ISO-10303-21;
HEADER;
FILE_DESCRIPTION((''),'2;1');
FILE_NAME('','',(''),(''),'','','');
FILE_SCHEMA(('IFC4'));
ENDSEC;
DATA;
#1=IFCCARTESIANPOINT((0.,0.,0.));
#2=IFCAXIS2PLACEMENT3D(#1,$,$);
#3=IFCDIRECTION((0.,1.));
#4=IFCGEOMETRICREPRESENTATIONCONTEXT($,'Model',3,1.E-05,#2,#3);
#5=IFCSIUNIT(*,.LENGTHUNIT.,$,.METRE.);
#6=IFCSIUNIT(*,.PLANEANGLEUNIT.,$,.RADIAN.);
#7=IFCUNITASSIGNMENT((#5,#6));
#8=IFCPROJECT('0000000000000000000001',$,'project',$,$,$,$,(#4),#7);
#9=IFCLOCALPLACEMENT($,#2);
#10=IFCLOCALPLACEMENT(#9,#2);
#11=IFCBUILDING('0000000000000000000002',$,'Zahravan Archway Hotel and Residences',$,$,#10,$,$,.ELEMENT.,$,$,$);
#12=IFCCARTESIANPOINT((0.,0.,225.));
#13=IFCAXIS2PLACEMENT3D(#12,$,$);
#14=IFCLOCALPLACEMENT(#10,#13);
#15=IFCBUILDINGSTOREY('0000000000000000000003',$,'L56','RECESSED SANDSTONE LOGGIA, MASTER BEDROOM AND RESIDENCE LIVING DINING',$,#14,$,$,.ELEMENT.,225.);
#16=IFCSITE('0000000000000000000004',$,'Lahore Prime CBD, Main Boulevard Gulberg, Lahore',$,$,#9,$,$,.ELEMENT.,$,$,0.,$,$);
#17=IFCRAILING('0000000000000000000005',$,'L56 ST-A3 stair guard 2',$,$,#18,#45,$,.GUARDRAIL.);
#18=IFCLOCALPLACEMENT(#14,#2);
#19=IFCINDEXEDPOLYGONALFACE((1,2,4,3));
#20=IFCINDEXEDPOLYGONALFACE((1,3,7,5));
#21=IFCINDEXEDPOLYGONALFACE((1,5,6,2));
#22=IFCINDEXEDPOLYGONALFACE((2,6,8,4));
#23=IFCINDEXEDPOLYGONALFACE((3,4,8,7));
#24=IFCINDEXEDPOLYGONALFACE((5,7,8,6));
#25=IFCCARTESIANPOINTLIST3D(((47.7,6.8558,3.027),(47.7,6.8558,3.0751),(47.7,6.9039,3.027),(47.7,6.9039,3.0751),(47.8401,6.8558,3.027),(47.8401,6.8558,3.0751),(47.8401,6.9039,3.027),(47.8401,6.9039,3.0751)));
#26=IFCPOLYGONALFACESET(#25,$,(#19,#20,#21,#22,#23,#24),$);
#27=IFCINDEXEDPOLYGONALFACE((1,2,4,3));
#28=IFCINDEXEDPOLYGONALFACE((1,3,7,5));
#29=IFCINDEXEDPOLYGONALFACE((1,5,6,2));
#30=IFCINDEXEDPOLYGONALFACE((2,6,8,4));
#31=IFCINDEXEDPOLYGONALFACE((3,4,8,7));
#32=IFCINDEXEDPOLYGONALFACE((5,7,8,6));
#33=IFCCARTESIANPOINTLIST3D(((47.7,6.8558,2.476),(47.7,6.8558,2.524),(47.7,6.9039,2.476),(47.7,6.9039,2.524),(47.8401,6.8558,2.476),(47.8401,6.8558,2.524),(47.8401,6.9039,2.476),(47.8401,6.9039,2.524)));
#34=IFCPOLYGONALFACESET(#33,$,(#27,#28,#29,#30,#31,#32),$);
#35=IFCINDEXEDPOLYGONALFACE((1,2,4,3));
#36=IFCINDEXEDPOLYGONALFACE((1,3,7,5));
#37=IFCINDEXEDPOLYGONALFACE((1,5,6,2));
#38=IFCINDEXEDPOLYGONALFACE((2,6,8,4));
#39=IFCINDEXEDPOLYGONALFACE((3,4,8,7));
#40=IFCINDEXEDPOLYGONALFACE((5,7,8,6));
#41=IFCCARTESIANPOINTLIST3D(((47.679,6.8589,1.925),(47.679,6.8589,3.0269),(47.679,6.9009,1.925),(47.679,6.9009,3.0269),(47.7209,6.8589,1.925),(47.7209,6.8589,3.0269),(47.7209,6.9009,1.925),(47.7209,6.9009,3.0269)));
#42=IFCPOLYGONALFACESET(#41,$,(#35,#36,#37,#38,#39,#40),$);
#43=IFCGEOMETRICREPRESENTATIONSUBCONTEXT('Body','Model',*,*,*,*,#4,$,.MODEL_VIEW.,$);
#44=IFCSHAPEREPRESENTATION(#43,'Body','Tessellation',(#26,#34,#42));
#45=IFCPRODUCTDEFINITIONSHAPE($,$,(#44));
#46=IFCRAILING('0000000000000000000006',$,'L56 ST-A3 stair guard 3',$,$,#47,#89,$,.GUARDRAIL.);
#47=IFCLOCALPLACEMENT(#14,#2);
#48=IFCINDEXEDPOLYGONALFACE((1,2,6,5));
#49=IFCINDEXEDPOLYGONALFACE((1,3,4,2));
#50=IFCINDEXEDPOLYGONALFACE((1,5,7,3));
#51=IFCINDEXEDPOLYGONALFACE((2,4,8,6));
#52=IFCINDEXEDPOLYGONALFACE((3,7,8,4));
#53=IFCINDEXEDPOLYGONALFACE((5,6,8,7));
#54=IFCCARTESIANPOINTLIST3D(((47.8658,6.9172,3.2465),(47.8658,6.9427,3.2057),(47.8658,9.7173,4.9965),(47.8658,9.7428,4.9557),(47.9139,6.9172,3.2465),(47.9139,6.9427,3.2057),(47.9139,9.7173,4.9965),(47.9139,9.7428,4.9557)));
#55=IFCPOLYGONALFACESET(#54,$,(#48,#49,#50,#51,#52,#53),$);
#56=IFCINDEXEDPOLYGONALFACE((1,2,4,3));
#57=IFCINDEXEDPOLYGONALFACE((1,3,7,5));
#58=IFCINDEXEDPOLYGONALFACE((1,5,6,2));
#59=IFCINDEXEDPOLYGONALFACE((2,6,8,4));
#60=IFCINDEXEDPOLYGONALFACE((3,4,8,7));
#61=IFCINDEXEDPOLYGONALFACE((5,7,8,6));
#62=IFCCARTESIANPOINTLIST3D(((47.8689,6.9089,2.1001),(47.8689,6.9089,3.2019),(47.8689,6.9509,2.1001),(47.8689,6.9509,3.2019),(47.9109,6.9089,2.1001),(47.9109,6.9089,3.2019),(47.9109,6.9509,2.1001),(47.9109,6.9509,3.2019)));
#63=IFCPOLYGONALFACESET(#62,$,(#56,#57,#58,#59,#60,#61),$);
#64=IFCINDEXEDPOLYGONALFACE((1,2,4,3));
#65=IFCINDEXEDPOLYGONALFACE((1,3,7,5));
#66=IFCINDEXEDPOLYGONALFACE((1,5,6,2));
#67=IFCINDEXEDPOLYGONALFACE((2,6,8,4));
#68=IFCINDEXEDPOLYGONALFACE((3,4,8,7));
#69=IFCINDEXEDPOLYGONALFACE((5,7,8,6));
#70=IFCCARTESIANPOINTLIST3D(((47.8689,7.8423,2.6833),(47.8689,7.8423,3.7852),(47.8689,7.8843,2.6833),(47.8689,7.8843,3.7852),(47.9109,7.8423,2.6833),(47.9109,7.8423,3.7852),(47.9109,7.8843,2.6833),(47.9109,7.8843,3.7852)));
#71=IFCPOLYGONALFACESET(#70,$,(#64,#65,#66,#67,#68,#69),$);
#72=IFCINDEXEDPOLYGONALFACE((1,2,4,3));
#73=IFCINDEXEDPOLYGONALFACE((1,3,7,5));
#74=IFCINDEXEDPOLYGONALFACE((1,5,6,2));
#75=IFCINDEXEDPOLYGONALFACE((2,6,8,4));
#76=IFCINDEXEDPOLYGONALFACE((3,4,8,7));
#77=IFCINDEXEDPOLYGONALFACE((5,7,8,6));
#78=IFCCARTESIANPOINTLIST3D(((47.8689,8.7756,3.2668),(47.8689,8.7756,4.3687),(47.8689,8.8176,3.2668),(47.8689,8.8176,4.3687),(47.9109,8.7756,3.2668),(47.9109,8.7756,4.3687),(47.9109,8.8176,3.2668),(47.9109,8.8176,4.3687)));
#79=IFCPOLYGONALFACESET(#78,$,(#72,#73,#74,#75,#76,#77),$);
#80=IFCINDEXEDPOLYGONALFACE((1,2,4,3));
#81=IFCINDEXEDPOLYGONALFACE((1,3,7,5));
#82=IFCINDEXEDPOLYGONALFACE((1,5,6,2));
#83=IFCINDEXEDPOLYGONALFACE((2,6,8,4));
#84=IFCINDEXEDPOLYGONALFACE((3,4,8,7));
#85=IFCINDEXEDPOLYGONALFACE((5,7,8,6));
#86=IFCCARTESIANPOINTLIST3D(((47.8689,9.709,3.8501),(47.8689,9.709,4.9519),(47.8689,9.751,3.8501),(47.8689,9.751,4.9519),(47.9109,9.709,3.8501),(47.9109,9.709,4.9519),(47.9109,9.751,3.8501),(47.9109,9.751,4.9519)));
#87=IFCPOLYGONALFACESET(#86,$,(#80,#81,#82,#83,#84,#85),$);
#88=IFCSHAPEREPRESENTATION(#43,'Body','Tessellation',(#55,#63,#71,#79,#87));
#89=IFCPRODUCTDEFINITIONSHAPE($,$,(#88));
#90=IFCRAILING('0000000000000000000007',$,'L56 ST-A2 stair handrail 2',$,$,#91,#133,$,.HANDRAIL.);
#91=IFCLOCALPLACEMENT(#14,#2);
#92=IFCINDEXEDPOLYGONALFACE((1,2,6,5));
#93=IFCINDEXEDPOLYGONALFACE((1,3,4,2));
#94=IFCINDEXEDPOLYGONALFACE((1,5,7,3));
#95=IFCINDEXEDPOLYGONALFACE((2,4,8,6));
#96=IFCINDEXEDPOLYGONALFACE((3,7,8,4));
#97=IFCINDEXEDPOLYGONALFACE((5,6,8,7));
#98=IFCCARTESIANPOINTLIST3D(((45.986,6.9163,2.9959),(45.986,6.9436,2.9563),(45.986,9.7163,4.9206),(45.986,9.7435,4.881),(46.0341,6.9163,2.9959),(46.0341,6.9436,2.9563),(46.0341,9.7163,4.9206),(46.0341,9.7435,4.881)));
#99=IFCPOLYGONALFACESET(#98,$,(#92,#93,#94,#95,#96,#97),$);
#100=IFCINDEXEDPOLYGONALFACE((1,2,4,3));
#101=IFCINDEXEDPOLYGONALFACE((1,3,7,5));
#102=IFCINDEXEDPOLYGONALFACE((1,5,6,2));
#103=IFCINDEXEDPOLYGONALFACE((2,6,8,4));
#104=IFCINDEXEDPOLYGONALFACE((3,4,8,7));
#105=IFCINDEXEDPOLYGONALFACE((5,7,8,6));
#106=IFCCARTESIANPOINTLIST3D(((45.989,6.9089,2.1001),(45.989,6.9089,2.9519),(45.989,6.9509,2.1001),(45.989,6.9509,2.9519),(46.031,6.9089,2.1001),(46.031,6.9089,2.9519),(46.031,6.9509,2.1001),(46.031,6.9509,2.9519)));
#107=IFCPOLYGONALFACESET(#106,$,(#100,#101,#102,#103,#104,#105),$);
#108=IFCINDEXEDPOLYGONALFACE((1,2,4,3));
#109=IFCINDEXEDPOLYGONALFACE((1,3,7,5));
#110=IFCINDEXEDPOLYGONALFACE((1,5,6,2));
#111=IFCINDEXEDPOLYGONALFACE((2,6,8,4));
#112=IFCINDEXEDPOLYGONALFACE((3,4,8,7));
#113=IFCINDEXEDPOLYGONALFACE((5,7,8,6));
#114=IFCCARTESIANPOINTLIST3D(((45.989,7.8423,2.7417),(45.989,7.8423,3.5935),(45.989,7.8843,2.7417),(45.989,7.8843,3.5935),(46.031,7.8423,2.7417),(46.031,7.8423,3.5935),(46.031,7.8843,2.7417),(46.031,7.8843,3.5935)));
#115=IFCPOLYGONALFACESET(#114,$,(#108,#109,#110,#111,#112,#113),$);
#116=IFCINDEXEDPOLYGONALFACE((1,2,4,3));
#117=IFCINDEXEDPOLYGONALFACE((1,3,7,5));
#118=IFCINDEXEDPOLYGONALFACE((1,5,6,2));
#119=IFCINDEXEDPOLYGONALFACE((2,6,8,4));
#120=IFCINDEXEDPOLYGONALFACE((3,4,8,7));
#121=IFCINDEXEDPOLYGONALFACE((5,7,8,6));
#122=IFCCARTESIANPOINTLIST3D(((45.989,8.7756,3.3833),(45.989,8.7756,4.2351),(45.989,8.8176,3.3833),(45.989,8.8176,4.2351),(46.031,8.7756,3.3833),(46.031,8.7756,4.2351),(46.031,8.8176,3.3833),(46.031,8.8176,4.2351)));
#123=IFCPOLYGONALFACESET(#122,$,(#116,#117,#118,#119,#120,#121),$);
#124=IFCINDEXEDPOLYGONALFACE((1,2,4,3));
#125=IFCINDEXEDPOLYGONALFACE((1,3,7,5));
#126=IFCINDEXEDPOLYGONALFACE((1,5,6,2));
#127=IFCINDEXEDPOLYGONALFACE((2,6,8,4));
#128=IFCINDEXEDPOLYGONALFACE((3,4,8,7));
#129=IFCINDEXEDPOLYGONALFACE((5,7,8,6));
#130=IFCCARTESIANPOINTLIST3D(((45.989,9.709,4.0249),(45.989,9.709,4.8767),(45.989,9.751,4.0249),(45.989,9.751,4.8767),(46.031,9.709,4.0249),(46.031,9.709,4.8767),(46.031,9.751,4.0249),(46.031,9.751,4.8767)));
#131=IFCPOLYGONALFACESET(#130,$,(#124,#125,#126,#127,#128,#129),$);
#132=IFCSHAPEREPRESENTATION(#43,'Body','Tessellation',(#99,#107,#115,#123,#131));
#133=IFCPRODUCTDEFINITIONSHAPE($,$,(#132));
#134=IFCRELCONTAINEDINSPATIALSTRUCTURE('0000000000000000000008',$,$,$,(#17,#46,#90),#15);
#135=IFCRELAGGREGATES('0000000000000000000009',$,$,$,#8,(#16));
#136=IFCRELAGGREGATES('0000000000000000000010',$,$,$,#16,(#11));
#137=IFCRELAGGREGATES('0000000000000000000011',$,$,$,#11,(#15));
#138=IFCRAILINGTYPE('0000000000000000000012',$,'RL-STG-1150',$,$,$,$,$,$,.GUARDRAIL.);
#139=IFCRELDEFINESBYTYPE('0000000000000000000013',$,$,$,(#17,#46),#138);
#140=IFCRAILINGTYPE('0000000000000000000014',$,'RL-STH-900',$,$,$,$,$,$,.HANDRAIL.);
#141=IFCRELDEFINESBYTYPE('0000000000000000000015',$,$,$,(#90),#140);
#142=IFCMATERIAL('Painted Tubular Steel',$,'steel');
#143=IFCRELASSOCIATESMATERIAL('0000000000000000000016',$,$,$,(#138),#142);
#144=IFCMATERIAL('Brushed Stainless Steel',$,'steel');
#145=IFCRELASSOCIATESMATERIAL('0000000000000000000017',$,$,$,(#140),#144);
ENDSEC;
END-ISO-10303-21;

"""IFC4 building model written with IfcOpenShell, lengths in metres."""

from ifc_helpers import new_model, si_unit, direction, frame, origin, origin_2d, place, context, subcontext, project, spatial, rectangle, extrude, material, type_object, element, save


model = new_model("IFC4")

# Units and contexts
model_context = context("Model", 3, precision=1e-05, world=origin(), true_north=direction((0.0, 1.0)))
body_context = subcontext(model_context, "Body", "Model", "MODEL_VIEW")
ifc_project = project(units=[si_unit("LENGTHUNIT", "METRE"), si_unit("PLANEANGLEUNIT", "RADIAN")], contexts=[model_context])

# Site, building, storey
site_placement = place(None, origin())
site = spatial("IfcSite", under=ifc_project, at=site_placement, Name="Lahore Prime CBD, Main Boulevard Gulberg, Lahore", CompositionType="ELEMENT", RefElevation=0.0)
building_placement = place(site_placement, origin())
building = spatial("IfcBuilding", under=site, at=building_placement, Name="Zahravan Archway Hotel and Residences", CompositionType="ELEMENT")
storey_placement = place(building_placement, frame((0.0, 0.0, 225.0)))
storey = spatial("IfcBuildingStorey", under=building, at=storey_placement, Name="L56", Description="RECESSED SANDSTONE LOGGIA, MASTER BEDROOM AND RESIDENCE LIVING DINING", CompositionType="ELEMENT", Elevation=225.0)

# Railings
ifc_material_1 = material(Name="Painted Tubular Steel", Category="steel")
railing_type_1 = type_object("IfcRailingType", Name="RL-STG-1150", PredefinedType="GUARDRAIL", material=ifc_material_1)
railing_1_placement = place(storey_placement, frame((47.7, 6.8799, 1.925)))
element("IfcRailing", 1, at=railing_1_placement, inside=storey, type_object=railing_type_1, Name="L56 ST-A3 stair guard 2", PredefinedType="GUARDRAIL", context=body_context, shape_type="SweptSolid", body=[
    extrude(rectangle(XDim=0.0481, YDim=0.0481, at=origin_2d()), frame((0.0, 0.0, 1.126), z_axis=(1.0, 0.0, 0.0), x_axis=(0.0, 1.0, 0.0)), (0.0, 0.0, 1.0), 0.1401),
    extrude(rectangle(XDim=0.0481, YDim=0.0481, at=origin_2d()), frame((0.0, 0.0, 0.575), z_axis=(1.0, 0.0, 0.0), x_axis=(0.0, 1.0, 0.0)), (0.0, 0.0, 1.0), 0.1401),
    extrude(rectangle(XDim=0.042, YDim=0.042, at=origin_2d()), origin(), (0.0, 0.0, 1.0), 1.1018),
])
railing_2_placement = place(storey_placement, frame((47.8899, 6.9299, 2.1001)))
element("IfcRailing", 2, at=railing_2_placement, inside=storey, type_object=railing_type_1, Name="L56 ST-A3 stair guard 3", PredefinedType="GUARDRAIL", context=body_context, shape_type="SweptSolid", body=[
    extrude(rectangle(XDim=0.0481, YDim=0.0481, at=origin_2d()), frame((0.0, 0.0, 1.126), z_axis=(0.0, 0.848002, 0.529992), x_axis=(-1.0, 0.0, 0.0)), (0.0, 0.0, 1.0), 3.302),
    extrude(rectangle(XDim=0.042, YDim=0.042, at=origin_2d()), origin(), (0.0, 0.0, 1.0), 1.1018),
    extrude(rectangle(XDim=0.042, YDim=0.042, at=origin_2d()), frame((0.0, 0.9333, 0.5833)), (0.0, 0.0, 1.0), 1.1018),
    extrude(rectangle(XDim=0.042, YDim=0.042, at=origin_2d()), frame((0.0, 1.8667, 1.1667)), (0.0, 0.0, 1.0), 1.1018),
    extrude(rectangle(XDim=0.042, YDim=0.042, at=origin_2d()), frame((0.0, 2.8, 1.75)), (0.0, 0.0, 1.0), 1.1018),
])
ifc_material_2 = material(Name="Brushed Stainless Steel", Category="steel")
railing_type_2 = type_object("IfcRailingType", Name="RL-STH-900", PredefinedType="HANDRAIL", material=ifc_material_2)
railing_3_placement = place(storey_placement, frame((46.01, 6.9299, 2.1001)))
element("IfcRailing", 3, at=railing_3_placement, inside=storey, type_object=railing_type_2, Name="L56 ST-A2 stair handrail 2", PredefinedType="HANDRAIL", context=body_context, shape_type="SweptSolid", body=[
    extrude(rectangle(XDim=0.0481, YDim=0.0481, at=origin_2d()), frame((0.0, 0.0, 0.876), z_axis=(0.0, 0.824073, 0.566483), x_axis=(-1.0, 0.0, 0.0)), (0.0, 0.0, 1.0), 3.3977),
    extrude(rectangle(XDim=0.042, YDim=0.042, at=origin_2d()), origin(), (0.0, 0.0, 1.0), 0.8518),
    extrude(rectangle(XDim=0.042, YDim=0.042, at=origin_2d()), frame((0.0, 0.9333, 0.6416)), (0.0, 0.0, 1.0), 0.8518),
    extrude(rectangle(XDim=0.042, YDim=0.042, at=origin_2d()), frame((0.0, 1.8667, 1.2832)), (0.0, 0.0, 1.0), 0.8518),
    extrude(rectangle(XDim=0.042, YDim=0.042, at=origin_2d()), frame((0.0, 2.8, 1.9248)), (0.0, 0.0, 1.0), 0.8518),
])

save(model, "model.ifc")
